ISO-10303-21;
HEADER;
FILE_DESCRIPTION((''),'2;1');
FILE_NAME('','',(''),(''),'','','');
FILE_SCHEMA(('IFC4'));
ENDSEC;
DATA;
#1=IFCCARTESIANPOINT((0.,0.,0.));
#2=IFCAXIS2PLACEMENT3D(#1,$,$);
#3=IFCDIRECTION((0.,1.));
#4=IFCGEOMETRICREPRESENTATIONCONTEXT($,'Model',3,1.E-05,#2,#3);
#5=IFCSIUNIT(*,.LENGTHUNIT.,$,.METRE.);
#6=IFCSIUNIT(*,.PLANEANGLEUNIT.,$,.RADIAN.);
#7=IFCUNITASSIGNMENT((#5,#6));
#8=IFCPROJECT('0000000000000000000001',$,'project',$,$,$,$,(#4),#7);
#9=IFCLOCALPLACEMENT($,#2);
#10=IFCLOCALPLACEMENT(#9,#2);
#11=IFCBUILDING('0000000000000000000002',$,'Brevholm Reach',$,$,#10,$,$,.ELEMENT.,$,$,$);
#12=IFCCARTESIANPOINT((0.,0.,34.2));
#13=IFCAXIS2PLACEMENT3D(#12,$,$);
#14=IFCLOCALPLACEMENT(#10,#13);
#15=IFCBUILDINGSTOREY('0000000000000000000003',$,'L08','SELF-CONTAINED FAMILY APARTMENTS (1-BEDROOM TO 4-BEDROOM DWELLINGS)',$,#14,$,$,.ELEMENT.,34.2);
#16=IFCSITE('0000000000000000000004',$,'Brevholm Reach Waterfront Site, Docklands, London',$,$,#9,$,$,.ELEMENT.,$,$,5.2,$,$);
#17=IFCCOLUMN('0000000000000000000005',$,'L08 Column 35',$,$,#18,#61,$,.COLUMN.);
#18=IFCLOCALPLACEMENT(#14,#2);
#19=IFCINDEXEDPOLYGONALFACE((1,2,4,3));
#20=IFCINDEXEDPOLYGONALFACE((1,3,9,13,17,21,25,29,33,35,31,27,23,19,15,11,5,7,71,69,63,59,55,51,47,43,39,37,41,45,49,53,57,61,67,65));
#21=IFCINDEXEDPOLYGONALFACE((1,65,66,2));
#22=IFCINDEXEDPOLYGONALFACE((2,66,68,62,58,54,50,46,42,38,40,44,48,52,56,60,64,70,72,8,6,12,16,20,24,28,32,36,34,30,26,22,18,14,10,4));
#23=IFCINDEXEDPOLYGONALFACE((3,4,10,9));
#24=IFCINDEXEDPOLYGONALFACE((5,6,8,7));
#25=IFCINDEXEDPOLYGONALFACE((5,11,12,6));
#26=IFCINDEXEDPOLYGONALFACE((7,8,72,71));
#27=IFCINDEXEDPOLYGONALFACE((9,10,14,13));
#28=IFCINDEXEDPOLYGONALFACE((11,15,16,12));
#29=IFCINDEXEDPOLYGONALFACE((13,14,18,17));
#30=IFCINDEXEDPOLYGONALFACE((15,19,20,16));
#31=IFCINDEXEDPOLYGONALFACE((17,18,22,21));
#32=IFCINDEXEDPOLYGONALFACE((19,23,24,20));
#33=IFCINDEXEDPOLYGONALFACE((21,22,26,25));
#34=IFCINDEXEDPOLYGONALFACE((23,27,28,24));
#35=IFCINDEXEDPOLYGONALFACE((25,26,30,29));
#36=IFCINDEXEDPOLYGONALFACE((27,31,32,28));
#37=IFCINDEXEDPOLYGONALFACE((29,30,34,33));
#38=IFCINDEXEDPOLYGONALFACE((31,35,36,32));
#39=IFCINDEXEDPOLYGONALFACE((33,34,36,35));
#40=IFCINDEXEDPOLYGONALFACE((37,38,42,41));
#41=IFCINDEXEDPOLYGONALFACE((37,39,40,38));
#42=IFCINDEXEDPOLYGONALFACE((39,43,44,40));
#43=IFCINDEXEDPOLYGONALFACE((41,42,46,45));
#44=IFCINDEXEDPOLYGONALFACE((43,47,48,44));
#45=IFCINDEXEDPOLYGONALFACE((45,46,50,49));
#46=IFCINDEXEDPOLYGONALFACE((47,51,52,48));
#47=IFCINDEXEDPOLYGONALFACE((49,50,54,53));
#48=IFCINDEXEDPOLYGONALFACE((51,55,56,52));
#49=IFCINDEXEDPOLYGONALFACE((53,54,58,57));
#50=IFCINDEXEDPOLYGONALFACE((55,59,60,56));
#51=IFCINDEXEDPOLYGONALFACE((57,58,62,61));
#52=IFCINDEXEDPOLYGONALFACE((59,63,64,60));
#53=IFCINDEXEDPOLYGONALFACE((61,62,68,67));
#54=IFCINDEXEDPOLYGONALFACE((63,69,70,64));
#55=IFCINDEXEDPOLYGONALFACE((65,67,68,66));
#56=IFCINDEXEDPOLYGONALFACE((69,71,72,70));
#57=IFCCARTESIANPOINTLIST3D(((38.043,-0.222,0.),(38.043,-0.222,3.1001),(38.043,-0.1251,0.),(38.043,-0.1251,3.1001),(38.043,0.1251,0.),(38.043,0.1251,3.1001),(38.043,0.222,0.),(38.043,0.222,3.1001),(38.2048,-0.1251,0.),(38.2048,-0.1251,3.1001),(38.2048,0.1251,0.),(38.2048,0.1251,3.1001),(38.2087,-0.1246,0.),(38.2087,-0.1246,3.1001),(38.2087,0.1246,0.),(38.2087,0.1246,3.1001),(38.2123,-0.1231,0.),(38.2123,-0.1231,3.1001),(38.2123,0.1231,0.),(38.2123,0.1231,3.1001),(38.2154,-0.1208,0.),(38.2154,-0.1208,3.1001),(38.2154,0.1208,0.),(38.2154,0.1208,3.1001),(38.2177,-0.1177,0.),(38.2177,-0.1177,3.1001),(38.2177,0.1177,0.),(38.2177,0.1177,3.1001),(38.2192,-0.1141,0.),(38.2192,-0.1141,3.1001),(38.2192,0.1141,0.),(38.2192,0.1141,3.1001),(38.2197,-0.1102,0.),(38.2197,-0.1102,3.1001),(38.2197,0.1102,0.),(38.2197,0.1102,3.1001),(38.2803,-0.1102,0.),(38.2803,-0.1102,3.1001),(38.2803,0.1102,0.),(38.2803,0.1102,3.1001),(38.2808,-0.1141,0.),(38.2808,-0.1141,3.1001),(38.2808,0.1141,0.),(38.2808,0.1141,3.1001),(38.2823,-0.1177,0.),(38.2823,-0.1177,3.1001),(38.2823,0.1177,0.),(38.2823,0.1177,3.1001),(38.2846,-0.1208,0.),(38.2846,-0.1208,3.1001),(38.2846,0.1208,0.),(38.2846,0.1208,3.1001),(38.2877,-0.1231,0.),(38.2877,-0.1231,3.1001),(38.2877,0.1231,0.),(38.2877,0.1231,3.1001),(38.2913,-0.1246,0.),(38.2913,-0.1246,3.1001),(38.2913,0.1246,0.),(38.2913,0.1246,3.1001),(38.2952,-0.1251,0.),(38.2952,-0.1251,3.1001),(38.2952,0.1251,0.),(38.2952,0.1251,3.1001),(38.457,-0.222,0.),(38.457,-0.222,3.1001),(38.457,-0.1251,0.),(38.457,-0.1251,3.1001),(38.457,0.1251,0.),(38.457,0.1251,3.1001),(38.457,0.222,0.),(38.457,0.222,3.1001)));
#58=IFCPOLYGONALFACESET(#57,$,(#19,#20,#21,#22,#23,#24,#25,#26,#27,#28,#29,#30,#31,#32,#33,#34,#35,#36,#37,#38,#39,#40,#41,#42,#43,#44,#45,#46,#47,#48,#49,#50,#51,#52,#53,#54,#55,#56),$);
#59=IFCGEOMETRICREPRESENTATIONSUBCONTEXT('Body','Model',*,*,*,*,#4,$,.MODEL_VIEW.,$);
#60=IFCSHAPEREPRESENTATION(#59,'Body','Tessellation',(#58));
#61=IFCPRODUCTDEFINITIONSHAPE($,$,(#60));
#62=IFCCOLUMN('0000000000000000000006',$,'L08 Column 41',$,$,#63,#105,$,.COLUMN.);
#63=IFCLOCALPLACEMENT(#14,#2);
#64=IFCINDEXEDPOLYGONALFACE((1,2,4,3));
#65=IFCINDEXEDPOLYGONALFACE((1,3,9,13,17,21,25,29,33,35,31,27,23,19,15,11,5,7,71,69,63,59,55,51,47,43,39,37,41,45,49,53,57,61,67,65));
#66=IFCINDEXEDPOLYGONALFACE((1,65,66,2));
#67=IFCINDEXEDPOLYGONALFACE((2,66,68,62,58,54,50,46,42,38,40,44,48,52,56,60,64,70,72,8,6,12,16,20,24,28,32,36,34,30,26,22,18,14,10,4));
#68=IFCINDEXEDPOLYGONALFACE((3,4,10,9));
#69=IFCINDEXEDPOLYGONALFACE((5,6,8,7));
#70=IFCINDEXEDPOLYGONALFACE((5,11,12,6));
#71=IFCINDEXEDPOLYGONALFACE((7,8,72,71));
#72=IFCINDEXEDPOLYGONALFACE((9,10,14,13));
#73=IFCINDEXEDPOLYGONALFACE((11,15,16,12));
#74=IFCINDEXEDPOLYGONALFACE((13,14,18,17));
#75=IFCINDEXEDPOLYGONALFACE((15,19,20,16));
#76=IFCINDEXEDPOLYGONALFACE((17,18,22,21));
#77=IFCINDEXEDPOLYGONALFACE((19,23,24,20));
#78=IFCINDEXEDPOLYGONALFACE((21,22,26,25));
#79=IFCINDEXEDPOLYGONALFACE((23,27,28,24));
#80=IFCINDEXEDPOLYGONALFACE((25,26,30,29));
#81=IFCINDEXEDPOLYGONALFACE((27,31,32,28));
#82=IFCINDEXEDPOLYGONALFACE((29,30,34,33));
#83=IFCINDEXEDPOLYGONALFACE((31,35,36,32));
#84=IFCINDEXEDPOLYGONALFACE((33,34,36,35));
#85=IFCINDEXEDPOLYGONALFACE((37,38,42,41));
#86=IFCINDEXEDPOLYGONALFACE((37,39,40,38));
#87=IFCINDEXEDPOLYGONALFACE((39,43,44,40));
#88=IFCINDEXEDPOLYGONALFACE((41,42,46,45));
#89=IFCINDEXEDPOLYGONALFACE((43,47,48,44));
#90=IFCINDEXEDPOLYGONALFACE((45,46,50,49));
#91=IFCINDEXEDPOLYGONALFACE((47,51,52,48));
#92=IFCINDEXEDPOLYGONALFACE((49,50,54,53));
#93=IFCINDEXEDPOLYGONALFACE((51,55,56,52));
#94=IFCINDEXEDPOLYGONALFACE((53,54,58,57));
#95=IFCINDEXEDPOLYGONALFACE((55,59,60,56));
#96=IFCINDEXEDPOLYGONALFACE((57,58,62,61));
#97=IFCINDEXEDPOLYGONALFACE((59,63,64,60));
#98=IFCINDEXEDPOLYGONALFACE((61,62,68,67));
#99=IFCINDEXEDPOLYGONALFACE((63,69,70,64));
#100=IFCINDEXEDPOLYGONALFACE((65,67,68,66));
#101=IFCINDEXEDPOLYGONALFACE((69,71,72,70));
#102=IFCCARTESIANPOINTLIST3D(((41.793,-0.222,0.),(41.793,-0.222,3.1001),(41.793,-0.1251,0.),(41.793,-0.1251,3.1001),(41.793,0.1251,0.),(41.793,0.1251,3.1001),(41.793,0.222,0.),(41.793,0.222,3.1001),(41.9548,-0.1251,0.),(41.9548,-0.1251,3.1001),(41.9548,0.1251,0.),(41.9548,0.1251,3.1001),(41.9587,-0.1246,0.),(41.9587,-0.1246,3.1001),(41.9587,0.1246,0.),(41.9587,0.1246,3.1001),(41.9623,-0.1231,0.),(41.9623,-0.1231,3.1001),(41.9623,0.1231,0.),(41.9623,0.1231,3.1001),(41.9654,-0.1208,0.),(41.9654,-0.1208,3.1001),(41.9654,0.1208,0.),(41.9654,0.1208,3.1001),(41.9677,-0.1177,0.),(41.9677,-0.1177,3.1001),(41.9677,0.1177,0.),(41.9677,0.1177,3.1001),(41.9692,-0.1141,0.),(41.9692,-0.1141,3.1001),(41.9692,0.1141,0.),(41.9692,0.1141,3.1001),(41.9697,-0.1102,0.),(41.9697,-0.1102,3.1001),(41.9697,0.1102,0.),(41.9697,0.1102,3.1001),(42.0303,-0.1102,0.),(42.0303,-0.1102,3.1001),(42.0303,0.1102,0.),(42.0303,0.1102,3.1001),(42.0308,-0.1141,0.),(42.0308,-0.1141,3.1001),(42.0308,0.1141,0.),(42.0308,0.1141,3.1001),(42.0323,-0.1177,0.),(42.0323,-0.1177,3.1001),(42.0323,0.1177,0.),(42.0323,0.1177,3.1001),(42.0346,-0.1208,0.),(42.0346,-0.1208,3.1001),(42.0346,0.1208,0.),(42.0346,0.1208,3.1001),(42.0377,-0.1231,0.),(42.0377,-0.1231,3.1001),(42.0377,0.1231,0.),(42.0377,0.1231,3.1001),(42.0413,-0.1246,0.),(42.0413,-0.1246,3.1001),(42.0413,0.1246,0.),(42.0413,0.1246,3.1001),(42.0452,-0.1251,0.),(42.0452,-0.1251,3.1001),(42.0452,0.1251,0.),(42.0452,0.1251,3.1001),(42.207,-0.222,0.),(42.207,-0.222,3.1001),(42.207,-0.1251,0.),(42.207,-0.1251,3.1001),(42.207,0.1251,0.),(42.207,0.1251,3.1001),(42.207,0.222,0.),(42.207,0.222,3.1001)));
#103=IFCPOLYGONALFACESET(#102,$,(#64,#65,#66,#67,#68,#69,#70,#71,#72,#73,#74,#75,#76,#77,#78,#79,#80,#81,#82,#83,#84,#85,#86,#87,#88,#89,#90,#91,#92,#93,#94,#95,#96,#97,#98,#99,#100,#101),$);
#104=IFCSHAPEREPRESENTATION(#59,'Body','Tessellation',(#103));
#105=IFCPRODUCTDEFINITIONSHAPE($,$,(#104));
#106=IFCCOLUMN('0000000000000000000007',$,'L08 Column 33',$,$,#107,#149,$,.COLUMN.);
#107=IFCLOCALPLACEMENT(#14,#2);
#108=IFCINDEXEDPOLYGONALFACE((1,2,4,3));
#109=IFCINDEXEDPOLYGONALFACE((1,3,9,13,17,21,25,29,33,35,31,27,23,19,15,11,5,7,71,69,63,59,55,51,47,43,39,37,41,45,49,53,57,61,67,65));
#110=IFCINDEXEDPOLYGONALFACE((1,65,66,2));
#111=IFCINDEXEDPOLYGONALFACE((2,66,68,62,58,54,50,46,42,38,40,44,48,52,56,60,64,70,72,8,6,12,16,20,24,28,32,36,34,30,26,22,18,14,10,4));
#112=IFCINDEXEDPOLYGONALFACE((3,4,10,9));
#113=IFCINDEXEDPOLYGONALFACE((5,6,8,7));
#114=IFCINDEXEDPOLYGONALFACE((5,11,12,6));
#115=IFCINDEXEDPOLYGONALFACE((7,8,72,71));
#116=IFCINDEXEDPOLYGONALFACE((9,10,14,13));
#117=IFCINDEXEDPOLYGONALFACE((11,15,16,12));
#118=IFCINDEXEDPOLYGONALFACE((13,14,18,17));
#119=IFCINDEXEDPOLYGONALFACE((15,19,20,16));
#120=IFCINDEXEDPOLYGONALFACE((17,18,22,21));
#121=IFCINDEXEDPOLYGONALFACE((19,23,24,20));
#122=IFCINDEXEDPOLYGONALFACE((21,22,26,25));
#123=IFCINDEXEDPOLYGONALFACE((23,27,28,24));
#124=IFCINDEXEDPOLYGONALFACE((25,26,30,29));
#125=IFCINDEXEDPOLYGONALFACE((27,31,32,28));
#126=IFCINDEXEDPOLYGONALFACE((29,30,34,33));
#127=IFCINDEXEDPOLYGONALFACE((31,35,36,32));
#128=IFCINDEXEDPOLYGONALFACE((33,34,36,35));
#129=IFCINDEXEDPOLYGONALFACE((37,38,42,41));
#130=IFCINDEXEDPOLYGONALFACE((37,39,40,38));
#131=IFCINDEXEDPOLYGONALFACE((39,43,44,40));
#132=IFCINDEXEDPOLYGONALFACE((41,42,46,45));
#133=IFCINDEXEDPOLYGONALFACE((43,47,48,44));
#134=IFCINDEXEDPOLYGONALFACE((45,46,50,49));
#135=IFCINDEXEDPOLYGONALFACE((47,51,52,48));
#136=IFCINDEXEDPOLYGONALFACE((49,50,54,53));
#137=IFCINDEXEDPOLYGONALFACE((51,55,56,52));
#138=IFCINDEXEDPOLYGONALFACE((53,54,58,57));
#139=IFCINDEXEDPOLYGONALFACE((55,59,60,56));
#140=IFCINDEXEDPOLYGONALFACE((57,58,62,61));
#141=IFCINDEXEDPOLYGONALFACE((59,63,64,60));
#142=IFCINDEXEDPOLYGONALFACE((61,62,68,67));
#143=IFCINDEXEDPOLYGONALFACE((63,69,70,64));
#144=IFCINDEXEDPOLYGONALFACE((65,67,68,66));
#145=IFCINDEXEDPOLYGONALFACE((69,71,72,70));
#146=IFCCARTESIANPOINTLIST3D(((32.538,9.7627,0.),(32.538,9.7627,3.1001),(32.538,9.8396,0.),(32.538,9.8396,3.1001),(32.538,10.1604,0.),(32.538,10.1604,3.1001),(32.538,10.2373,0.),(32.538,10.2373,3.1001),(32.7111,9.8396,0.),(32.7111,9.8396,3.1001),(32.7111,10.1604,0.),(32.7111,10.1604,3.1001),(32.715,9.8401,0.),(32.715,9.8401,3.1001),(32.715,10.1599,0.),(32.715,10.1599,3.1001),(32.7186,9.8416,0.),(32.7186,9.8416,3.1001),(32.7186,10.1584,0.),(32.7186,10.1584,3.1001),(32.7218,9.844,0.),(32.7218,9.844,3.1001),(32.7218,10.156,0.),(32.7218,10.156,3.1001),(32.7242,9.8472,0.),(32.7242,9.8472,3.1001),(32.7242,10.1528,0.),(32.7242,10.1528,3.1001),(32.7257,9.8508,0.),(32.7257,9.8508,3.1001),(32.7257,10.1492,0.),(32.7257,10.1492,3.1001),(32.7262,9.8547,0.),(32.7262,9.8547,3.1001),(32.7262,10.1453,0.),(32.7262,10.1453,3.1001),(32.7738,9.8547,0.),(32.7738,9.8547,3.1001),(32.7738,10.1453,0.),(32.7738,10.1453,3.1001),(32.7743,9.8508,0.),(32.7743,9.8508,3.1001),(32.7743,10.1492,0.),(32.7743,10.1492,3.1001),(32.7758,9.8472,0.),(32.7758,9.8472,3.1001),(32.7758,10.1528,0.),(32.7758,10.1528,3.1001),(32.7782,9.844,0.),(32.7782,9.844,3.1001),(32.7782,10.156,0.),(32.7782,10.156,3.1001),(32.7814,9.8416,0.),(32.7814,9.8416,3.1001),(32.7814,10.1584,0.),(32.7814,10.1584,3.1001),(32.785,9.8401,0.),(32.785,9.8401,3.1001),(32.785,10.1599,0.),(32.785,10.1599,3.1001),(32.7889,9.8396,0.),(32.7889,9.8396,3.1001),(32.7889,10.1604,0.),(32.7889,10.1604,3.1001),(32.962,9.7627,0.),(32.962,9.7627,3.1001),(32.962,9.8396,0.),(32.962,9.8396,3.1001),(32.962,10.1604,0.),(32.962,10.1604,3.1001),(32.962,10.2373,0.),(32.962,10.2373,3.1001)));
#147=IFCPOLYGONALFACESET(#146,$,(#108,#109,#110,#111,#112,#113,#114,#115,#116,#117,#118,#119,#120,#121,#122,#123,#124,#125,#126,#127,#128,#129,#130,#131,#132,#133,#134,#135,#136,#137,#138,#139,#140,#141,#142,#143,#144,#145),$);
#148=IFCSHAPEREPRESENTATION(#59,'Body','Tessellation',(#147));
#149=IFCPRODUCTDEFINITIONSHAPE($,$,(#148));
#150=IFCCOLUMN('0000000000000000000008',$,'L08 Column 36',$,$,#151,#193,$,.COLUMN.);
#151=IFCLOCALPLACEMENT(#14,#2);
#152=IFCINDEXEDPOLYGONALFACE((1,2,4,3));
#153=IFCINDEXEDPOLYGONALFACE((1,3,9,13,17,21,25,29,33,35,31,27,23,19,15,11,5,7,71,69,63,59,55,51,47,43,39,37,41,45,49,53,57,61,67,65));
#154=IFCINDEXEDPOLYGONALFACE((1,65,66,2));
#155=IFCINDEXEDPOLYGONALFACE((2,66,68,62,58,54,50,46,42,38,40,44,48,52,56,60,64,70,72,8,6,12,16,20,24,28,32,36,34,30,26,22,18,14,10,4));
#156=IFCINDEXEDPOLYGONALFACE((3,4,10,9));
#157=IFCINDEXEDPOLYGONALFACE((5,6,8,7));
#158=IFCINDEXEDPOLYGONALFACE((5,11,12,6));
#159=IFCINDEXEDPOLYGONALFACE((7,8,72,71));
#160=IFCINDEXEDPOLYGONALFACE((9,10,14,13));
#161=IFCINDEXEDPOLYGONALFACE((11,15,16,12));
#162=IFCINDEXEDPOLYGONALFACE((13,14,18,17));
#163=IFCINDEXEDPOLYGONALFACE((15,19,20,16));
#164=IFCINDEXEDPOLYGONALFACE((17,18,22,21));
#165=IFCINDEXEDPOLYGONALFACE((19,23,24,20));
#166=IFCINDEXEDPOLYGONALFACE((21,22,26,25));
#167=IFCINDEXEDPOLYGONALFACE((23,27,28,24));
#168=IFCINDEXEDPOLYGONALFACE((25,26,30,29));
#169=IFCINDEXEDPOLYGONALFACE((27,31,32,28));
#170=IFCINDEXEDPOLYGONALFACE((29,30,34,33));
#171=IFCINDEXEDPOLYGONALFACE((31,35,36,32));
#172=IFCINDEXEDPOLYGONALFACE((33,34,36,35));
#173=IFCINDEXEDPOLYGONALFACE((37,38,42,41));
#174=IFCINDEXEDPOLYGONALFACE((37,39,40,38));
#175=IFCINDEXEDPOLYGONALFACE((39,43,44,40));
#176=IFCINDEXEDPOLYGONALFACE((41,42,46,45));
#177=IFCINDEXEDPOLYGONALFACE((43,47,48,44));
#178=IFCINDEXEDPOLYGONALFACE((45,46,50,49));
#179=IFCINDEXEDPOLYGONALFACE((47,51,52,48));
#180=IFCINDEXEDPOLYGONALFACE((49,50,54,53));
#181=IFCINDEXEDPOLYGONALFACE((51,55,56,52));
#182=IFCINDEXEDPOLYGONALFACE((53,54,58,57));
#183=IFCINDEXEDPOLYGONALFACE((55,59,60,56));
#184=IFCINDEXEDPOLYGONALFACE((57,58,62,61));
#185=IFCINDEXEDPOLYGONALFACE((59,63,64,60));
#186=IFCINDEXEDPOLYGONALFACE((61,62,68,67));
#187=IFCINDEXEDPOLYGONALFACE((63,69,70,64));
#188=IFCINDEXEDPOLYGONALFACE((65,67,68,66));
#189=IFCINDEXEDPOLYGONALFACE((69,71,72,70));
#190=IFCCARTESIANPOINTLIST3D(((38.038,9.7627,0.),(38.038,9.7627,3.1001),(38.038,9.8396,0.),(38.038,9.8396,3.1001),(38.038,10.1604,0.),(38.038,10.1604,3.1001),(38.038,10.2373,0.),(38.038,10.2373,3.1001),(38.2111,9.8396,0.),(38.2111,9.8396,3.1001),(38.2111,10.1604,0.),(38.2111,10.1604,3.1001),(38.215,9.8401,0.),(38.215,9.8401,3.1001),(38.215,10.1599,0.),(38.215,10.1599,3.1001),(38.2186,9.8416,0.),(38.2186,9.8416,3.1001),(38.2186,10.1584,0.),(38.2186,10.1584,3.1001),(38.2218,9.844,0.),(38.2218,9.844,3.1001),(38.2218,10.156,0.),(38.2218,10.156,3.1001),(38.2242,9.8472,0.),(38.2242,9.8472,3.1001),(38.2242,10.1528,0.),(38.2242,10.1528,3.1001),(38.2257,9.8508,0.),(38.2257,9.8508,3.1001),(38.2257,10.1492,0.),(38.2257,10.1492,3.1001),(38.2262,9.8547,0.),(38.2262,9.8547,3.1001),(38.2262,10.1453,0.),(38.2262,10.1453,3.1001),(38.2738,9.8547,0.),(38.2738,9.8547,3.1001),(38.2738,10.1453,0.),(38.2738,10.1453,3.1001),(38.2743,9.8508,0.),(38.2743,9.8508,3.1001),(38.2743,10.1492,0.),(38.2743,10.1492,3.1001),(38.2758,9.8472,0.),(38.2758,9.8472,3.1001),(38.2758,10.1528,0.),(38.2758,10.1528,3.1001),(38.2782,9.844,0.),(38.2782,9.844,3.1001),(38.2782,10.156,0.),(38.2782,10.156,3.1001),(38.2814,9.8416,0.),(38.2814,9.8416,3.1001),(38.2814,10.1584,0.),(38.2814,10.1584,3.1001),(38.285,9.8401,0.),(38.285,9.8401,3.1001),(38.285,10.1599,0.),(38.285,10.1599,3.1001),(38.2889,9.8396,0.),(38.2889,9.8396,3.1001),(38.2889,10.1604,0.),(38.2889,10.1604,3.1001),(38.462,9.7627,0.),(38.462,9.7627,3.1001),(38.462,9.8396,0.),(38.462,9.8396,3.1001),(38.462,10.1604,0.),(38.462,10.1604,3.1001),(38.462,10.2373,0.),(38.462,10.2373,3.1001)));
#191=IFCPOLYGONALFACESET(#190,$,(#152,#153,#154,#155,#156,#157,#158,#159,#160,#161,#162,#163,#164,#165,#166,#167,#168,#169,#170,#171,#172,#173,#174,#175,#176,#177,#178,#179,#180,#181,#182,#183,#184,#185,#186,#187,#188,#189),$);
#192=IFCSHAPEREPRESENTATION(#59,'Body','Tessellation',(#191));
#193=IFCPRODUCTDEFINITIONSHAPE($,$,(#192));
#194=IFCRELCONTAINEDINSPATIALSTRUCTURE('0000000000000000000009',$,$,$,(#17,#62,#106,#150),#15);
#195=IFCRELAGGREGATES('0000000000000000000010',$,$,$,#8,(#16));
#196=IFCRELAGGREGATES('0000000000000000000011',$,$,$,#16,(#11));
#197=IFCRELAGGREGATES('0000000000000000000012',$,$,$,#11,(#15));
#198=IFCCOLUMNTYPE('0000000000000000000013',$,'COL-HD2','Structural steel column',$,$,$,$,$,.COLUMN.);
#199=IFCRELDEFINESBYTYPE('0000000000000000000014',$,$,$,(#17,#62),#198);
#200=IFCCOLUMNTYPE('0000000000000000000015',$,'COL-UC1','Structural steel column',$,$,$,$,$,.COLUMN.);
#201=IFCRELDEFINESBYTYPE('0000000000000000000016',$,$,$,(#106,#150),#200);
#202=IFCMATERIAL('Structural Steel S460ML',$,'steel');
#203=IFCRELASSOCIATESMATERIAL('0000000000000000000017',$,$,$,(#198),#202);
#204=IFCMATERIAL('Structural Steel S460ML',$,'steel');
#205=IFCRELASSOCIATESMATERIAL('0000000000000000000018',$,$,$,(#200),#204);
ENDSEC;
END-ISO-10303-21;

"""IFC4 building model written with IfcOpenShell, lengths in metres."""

from ifc_helpers import new_model, si_unit, direction, frame, origin, origin_2d, place, context, subcontext, project, spatial, i_section, extrude, material, material_profile, profile_set, type_object, element, save


model = new_model("IFC4")

# Units and contexts
model_context = context("Model", 3, precision=1e-05, world=origin(), true_north=direction((0.0, 1.0)))
body_context = subcontext(model_context, "Body", "Model", "MODEL_VIEW")
ifc_project = project(units=[si_unit("LENGTHUNIT", "METRE"), si_unit("PLANEANGLEUNIT", "RADIAN")], contexts=[model_context])

# Site, building, storey
site_placement = place(None, origin())
site = spatial("IfcSite", under=ifc_project, at=site_placement, Name="Brevholm Reach Waterfront Site, Docklands, London", CompositionType="ELEMENT", RefElevation=5.2)
building_placement = place(site_placement, origin())
building = spatial("IfcBuilding", under=site, at=building_placement, Name="Brevholm Reach", CompositionType="ELEMENT")
storey_placement = place(building_placement, frame((0.0, 0.0, 34.2)))
storey = spatial("IfcBuildingStorey", under=building, at=storey_placement, Name="L08", Description="SELF-CONTAINED FAMILY APARTMENTS (1-BEDROOM TO 4-BEDROOM DWELLINGS)", CompositionType="ELEMENT", Elevation=34.2)

# Columns
ifc_material_1 = material(Name="Structural Steel S460ML", Category="steel")
ifc_material_profile_1 = material_profile(ifc_material_1, i_section(OverallWidth=0.4141, OverallDepth=0.4441, WebThickness=0.0605, FlangeThickness=0.0969, FilletRadius=0.0149, at=origin_2d()), Name="HD 400x818")
ifc_profile_set_1 = profile_set([ifc_material_profile_1], Name="Structural Steel S460ML")
column_type_1 = type_object("IfcColumnType", Name="COL-HD2", Description="Structural steel column", PredefinedType="COLUMN", material=ifc_profile_set_1)
for number, where, z_axis, x_axis, name in (
    (1, (38.25, 0.0, 0.0), (0.0, 0.0, 1.0), (1.0, 0.0, 0.0), "L08 Column 35"),
    (2, (42.0, 0.0, 0.0), (0.0, 0.0, 1.0), (1.0, 0.0, 0.0), "L08 Column 41"),
):
    element("IfcColumn", number, at=place(storey_placement, frame(where, z_axis=z_axis, x_axis=x_axis)), inside=storey, type_object=column_type_1, Name=name, PredefinedType="COLUMN", context=body_context, shape_type="SweptSolid", body=[
        extrude(i_section(OverallWidth=0.4141, OverallDepth=0.4441, WebThickness=0.0605, FlangeThickness=0.0969, FilletRadius=0.0149, at=origin_2d()), origin(), (0.0, 0.0, 1.0), 3.1001),
    ])
ifc_material_2 = material(Name="Structural Steel S460ML", Category="steel")
ifc_material_profile_2 = material_profile(ifc_material_2, i_section(OverallWidth=0.4241, OverallDepth=0.4746, WebThickness=0.0476, FlangeThickness=0.0769, FilletRadius=0.0151, at=origin_2d()), Name="UKC 356x406x634")
ifc_profile_set_2 = profile_set([ifc_material_profile_2], Name="Structural Steel S460ML")
column_type_2 = type_object("IfcColumnType", Name="COL-UC1", Description="Structural steel column", PredefinedType="COLUMN", material=ifc_profile_set_2)
for number, where, z_axis, x_axis, name in (
    (3, (32.75, 10.0, 0.0), (0.0, 0.0, 1.0), (1.0, 0.0, 0.0), "L08 Column 33"),
    (4, (38.25, 10.0, 0.0), (0.0, 0.0, 1.0), (1.0, 0.0, 0.0), "L08 Column 36"),
):
    element("IfcColumn", number, at=place(storey_placement, frame(where, z_axis=z_axis, x_axis=x_axis)), inside=storey, type_object=column_type_2, Name=name, PredefinedType="COLUMN", context=body_context, shape_type="SweptSolid", body=[
        extrude(i_section(OverallWidth=0.4241, OverallDepth=0.4746, WebThickness=0.0476, FlangeThickness=0.0769, FilletRadius=0.0151, at=origin_2d()), origin(), (0.0, 0.0, 1.0), 3.1001),
    ])

save(model, "model.ifc")
